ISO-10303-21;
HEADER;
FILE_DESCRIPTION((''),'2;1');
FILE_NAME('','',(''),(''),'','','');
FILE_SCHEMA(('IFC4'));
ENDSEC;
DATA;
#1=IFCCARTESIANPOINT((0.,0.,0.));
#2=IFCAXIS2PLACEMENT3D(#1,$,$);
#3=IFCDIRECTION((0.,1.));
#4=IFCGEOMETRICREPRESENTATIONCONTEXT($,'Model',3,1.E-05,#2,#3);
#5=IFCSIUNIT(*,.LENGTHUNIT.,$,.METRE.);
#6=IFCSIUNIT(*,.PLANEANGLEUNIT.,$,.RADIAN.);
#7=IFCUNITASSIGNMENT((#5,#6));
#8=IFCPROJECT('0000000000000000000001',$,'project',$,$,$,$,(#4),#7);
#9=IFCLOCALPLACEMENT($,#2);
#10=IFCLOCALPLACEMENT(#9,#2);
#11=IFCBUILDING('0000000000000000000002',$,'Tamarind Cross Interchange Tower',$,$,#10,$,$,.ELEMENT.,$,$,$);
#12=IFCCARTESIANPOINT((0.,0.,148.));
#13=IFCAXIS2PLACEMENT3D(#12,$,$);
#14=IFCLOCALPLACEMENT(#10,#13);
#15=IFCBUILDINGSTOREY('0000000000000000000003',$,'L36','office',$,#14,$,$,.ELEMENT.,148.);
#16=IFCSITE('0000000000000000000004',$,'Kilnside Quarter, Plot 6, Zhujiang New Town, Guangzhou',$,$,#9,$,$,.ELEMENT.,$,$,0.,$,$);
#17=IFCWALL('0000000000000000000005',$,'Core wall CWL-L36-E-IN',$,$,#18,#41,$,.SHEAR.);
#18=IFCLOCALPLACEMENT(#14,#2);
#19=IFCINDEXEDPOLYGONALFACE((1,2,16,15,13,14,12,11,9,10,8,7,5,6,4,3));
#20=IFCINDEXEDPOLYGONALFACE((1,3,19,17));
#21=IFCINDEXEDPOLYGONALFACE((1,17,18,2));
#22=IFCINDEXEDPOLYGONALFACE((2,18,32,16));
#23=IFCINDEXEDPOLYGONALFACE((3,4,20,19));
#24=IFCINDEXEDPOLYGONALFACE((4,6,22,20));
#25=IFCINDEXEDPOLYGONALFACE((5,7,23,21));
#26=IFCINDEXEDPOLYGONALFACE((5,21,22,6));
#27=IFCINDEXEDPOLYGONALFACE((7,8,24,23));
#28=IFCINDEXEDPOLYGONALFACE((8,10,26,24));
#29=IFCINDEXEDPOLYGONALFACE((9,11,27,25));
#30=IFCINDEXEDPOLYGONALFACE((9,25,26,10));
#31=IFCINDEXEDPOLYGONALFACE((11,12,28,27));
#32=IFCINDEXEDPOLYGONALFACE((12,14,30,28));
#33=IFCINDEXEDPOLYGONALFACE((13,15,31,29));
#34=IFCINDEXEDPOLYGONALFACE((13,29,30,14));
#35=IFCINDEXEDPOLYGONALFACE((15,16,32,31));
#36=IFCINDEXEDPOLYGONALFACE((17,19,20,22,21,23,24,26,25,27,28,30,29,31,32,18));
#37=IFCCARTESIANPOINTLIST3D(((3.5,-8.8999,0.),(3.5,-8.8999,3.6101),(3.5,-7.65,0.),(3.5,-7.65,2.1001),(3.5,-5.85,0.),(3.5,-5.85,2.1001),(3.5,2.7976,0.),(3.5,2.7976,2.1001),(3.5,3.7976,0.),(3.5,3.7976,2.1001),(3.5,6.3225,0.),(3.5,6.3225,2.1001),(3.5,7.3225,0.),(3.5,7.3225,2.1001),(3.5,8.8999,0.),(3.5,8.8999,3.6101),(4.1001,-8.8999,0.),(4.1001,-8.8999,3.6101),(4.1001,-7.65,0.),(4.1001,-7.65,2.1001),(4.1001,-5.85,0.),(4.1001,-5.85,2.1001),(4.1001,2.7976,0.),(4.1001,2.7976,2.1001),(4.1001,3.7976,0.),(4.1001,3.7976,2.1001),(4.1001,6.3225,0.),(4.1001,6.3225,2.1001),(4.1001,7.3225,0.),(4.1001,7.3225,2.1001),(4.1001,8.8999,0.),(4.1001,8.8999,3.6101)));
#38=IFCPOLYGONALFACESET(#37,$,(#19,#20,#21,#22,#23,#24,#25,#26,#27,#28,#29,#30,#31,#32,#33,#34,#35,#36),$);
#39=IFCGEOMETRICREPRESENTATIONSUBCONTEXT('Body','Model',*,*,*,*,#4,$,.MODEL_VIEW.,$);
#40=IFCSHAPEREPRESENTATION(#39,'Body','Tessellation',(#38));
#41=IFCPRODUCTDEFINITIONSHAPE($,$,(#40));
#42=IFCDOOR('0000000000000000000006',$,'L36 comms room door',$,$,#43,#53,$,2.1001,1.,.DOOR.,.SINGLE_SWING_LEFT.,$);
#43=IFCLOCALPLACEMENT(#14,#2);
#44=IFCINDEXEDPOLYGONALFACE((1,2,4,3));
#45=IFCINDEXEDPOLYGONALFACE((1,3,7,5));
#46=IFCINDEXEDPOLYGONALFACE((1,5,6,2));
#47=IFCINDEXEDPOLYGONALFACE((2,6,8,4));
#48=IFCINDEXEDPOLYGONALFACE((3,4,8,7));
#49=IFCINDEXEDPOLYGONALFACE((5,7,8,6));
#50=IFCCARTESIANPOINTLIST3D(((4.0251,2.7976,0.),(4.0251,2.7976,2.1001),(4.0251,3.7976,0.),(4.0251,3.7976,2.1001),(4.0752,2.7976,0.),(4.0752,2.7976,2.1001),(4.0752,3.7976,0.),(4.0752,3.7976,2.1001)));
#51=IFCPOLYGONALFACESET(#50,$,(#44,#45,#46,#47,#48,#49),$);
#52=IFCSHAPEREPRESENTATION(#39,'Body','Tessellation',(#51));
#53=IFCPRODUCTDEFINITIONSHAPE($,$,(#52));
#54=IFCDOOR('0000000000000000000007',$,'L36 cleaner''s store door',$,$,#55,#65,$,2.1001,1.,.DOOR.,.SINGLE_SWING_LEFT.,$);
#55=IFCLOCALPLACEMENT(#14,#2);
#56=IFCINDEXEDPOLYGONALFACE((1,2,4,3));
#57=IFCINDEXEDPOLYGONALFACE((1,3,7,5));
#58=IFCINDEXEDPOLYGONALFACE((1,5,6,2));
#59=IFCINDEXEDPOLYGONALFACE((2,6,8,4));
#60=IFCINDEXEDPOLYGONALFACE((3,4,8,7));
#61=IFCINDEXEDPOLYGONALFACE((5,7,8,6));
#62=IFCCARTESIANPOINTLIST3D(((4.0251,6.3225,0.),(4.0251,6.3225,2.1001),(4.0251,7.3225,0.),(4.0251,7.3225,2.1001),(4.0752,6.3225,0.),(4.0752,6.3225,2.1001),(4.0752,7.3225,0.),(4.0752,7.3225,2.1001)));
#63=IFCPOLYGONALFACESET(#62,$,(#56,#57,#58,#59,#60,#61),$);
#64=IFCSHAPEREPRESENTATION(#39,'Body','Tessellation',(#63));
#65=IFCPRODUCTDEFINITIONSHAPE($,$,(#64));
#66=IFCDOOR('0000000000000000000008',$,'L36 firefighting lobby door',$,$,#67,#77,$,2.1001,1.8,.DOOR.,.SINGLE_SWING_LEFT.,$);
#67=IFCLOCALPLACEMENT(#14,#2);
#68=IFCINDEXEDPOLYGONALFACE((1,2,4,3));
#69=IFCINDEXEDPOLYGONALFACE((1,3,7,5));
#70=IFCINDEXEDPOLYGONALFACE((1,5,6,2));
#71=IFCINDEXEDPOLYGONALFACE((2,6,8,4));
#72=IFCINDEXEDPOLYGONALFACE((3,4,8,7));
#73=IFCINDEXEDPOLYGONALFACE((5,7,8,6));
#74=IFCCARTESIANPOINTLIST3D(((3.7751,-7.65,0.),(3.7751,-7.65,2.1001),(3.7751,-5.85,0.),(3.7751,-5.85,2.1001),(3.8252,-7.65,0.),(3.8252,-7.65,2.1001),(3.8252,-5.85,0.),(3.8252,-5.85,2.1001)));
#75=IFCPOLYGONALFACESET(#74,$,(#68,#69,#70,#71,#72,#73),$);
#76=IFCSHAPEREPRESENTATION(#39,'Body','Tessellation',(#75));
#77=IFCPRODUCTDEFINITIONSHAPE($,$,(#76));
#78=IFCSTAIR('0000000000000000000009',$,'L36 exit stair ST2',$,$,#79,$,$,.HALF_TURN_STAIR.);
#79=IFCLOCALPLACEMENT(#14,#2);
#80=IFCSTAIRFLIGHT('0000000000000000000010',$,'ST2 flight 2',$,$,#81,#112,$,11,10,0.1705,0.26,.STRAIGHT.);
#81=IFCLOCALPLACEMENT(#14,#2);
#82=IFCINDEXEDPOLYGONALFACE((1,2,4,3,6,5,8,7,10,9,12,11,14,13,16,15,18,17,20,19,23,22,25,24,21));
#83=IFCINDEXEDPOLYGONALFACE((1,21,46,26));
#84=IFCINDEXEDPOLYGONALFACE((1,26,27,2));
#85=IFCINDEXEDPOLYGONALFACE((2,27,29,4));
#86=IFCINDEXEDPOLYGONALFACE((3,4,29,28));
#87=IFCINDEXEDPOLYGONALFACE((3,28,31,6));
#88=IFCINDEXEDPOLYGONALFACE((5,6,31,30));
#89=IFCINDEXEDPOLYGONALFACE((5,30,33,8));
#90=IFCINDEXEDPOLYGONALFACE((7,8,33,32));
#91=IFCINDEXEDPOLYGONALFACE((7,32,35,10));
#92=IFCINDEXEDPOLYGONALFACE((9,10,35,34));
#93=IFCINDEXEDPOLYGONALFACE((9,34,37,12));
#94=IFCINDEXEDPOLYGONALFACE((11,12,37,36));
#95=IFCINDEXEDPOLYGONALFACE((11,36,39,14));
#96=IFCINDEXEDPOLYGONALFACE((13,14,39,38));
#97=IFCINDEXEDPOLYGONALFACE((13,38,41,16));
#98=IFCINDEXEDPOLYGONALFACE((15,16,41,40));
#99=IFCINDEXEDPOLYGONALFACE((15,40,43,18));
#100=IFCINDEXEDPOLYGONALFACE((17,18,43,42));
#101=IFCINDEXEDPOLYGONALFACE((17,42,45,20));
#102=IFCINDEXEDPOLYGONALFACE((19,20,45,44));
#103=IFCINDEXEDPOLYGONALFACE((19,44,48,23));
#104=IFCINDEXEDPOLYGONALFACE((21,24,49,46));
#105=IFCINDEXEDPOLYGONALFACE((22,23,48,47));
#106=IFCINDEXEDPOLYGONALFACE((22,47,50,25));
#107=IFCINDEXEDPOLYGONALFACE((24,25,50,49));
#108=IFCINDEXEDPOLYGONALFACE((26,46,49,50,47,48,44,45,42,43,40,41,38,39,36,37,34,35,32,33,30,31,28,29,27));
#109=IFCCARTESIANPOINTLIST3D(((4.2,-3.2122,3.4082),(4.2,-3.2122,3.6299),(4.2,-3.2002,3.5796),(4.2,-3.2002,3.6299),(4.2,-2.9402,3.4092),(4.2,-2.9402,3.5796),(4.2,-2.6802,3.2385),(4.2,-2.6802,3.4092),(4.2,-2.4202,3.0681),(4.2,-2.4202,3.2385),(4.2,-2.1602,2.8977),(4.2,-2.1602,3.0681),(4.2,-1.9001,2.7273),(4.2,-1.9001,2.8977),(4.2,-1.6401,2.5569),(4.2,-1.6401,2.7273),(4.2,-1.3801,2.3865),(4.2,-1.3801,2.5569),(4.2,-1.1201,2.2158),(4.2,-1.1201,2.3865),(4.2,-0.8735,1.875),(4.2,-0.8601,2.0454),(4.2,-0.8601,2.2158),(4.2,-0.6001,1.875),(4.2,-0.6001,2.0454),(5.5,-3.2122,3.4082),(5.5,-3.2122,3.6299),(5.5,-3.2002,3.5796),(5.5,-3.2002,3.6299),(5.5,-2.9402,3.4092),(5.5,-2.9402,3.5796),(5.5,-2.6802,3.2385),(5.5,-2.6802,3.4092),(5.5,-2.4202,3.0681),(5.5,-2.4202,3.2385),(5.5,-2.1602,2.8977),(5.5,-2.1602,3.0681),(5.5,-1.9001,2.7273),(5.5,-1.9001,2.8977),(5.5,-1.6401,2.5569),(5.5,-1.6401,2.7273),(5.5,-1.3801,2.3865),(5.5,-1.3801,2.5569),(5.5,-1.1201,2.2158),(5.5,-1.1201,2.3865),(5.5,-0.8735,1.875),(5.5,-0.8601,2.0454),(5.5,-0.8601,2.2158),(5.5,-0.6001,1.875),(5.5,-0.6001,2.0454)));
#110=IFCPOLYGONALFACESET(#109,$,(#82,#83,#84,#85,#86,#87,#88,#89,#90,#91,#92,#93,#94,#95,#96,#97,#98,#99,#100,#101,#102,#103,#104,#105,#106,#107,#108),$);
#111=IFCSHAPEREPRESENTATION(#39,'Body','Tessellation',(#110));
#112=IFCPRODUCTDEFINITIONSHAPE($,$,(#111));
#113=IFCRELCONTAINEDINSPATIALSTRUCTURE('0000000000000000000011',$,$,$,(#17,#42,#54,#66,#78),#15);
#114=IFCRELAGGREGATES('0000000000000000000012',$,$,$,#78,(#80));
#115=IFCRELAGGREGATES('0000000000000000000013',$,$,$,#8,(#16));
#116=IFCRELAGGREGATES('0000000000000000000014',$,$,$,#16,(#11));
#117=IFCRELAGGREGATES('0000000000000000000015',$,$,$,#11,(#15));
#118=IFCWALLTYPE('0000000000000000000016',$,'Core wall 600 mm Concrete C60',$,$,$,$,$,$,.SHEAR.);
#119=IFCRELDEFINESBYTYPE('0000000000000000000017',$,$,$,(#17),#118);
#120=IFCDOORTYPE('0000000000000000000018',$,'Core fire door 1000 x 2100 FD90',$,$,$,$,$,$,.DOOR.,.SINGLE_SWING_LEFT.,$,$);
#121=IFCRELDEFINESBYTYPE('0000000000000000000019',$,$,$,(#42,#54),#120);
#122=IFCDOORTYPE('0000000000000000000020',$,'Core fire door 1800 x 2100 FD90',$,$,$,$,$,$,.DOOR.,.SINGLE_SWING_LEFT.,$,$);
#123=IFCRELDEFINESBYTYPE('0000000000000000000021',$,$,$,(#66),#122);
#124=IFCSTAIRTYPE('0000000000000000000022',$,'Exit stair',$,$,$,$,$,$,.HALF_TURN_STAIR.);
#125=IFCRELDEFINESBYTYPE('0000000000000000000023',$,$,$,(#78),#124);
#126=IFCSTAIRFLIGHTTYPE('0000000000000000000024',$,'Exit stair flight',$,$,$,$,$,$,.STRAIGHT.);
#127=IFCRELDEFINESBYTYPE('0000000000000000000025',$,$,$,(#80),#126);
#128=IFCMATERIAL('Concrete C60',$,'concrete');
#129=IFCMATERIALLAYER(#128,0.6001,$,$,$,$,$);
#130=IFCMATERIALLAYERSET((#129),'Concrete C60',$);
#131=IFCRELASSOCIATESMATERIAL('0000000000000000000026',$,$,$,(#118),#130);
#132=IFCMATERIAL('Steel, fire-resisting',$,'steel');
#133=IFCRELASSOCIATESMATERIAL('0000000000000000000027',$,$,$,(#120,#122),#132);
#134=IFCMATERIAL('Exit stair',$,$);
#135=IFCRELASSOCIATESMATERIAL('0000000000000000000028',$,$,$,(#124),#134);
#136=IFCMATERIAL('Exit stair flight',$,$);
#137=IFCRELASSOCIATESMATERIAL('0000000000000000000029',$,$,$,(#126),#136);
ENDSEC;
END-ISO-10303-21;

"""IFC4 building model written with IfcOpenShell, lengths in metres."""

from ifc_helpers import new_model, si_unit, direction, frame, frame_2d, origin, place, context, subcontext, project, spatial, polyline, rectangle, outline, extrude, material, layer, layer_set, type_object, element, fill, aggregate, save


model = new_model("IFC4")

# Units and contexts
model_context = context("Model", 3, precision=1e-05, world=origin(), true_north=direction((0.0, 1.0)))
body_context = subcontext(model_context, "Body", "Model", "MODEL_VIEW")
ifc_project = project(units=[si_unit("LENGTHUNIT", "METRE"), si_unit("PLANEANGLEUNIT", "RADIAN")], contexts=[model_context])

# Site, building, storey
site_placement = place(None, origin())
site = spatial("IfcSite", under=ifc_project, at=site_placement, Name="Kilnside Quarter, Plot 6, Zhujiang New Town, Guangzhou", CompositionType="ELEMENT", RefElevation=0.0)
building_placement = place(site_placement, origin())
building = spatial("IfcBuilding", under=site, at=building_placement, Name="Tamarind Cross Interchange Tower", CompositionType="ELEMENT")
storey_placement = place(building_placement, frame((0.0, 0.0, 148.0)))
storey = spatial("IfcBuildingStorey", under=building, at=storey_placement, Name="L36", Description="office", CompositionType="ELEMENT", Elevation=148.0)

# Wall, openings, doors
ifc_material_1 = material(Name="Concrete C60", Category="concrete")
ifc_layer_1 = layer(ifc_material_1, 0.6001)
ifc_layer_set_1 = layer_set([ifc_layer_1], Name="Concrete C60")
wall_type = type_object("IfcWallType", Name="Core wall 600 mm Concrete C60", PredefinedType="SHEAR", material=ifc_layer_set_1)
wall_placement = place(storey_placement, frame((3.8, -8.8999, 0.0), z_axis=(0.0, 0.0, 1.0), x_axis=(0.0, 1.0, 0.0)))
wall = element("IfcWall", 1, at=wall_placement, inside=storey, type_object=wall_type, Name="Core wall CWL-L36-E-IN", PredefinedType="SHEAR", context=body_context, shape_type="SweptSolid", body=[
    extrude(rectangle(XDim=17.7998, YDim=0.6001, at=frame_2d((8.8999, 0.0))), origin(), (0.0, 0.0, 1.0), 3.6101),
])
opening_1_placement = place(wall_placement, frame((1.25, 0.0, 0.0)))
opening_1 = element("IfcOpeningElement", 2, at=opening_1_placement, cuts=wall, PredefinedType="OPENING", context=body_context, shape_type="SweptSolid", body=[
    extrude(rectangle(XDim=1.8, YDim=2.1001, at=frame_2d((0.8999, 1.05))), frame((0.0, 0.3101, 0.0), z_axis=(0.0, -1.0, 0.0), x_axis=(1.0, 0.0, 0.0)), (0.0, 0.0, 1.0), 0.6201),
])
opening_2_placement = place(wall_placement, frame((11.6975, 0.0, 0.0)))
opening_2 = element("IfcOpeningElement", 3, at=opening_2_placement, cuts=wall, PredefinedType="OPENING", context=body_context, shape_type="SweptSolid", body=[
    extrude(rectangle(XDim=1.0, YDim=2.1001, at=frame_2d((0.5, 1.05))), frame((0.0, 0.3101, 0.0), z_axis=(0.0, -1.0, 0.0), x_axis=(1.0, 0.0, 0.0)), (0.0, 0.0, 1.0), 0.6201),
])
opening_3_placement = place(wall_placement, frame((15.2224, 0.0, 0.0)))
opening_3 = element("IfcOpeningElement", 4, at=opening_3_placement, cuts=wall, PredefinedType="OPENING", context=body_context, shape_type="SweptSolid", body=[
    extrude(rectangle(XDim=1.0, YDim=2.1001, at=frame_2d((0.5, 1.05))), frame((0.0, 0.3101, 0.0), z_axis=(0.0, -1.0, 0.0), x_axis=(1.0, 0.0, 0.0)), (0.0, 0.0, 1.0), 0.6201),
])
ifc_material_2 = material(Name="Steel, fire-resisting", Category="steel")
door_type_1 = type_object("IfcDoorType", Name="Core fire door 1000 x 2100 FD90", OperationType="SINGLE_SWING_LEFT", PredefinedType="DOOR", material=ifc_material_2)
door_1_placement = place(opening_2_placement, origin())
door_1 = element("IfcDoor", 5, at=door_1_placement, inside=storey, type_object=door_type_1, Name="L36 comms room door", OperationType="SINGLE_SWING_LEFT", OverallHeight=2.1001, OverallWidth=1.0, PredefinedType="DOOR", context=body_context, shape_type="SweptSolid", body=[
    extrude(rectangle(XDim=1.0, YDim=2.1001, at=frame_2d((0.5, 1.05))), frame((0.0, -0.2251, 0.0), z_axis=(0.0, -1.0, 0.0), x_axis=(1.0, 0.0, 0.0)), (0.0, 0.0, 1.0), 0.05),
])
fill(opening_2, door_1)
door_2_placement = place(opening_3_placement, origin())
door_2 = element("IfcDoor", 6, at=door_2_placement, inside=storey, type_object=door_type_1, Name="L36 cleaner's store door", OperationType="SINGLE_SWING_LEFT", OverallHeight=2.1001, OverallWidth=1.0, PredefinedType="DOOR", context=body_context, shape_type="SweptSolid", body=[
    extrude(rectangle(XDim=1.0, YDim=2.1001, at=frame_2d((0.5, 1.05))), frame((0.0, -0.2251, 0.0), z_axis=(0.0, -1.0, 0.0), x_axis=(1.0, 0.0, 0.0)), (0.0, 0.0, 1.0), 0.05),
])
fill(opening_3, door_2)
door_type_2 = type_object("IfcDoorType", Name="Core fire door 1800 x 2100 FD90", OperationType="SINGLE_SWING_LEFT", PredefinedType="DOOR", material=ifc_material_2)
door_3_placement = place(opening_1_placement, origin())
door_3 = element("IfcDoor", 7, at=door_3_placement, inside=storey, type_object=door_type_2, Name="L36 firefighting lobby door", OperationType="SINGLE_SWING_LEFT", OverallHeight=2.1001, OverallWidth=1.8, PredefinedType="DOOR", context=body_context, shape_type="SweptSolid", body=[
    extrude(rectangle(XDim=1.8, YDim=2.1001, at=frame_2d((0.8999, 1.05))), frame((0.0, 0.0249, 0.0), z_axis=(0.0, -1.0, 0.0), x_axis=(1.0, 0.0, 0.0)), (0.0, 0.0, 1.0), 0.05),
])
fill(opening_1, door_3)

# Stair, stair flight
ifc_material_3 = material(Name="Exit stair")
stair_type = type_object("IfcStairType", Name="Exit stair", PredefinedType="HALF_TURN_STAIR", material=ifc_material_3)
stair_placement = place(storey_placement, origin())
stair = element("IfcStair", 8, at=stair_placement, inside=storey, type_object=stair_type, Name="L36 exit stair ST2", PredefinedType="HALF_TURN_STAIR")
ifc_material_4 = material(Name="Exit stair flight")
stair_flight_type = type_object("IfcStairFlightType", Name="Exit stair flight", PredefinedType="STRAIGHT", material=ifc_material_4)
stair_flight_placement = place(storey_placement, frame((4.8501, -0.6001, 1.875), z_axis=(0.0, 0.0, 1.0), x_axis=(0.0, -1.0, 0.0)))
stair_flight = element("IfcStairFlight", 9, at=stair_flight_placement, type_object=stair_flight_type, Name="ST2 flight 2", NumberOfRisers=11, NumberOfTreads=10, PredefinedType="STRAIGHT", RiserHeight=0.1705, TreadLength=0.26, context=body_context, shape_type="SweptSolid", body=[
    extrude(outline(polyline([(0.0, 0.0), (0.0, 0.1704), (0.26, 0.1704), (0.26, 0.3408), (0.52, 0.3408), (0.52, 0.5115), (0.78, 0.5115), (0.78, 0.6819), (1.04, 0.6819), (1.04, 0.8523), (1.3, 0.8523), (1.3, 1.0227), (1.5601, 1.0227), (1.5601, 1.1931), (1.8201, 1.1931), (1.8201, 1.3635), (2.0801, 1.3635), (2.0801, 1.5342), (2.3401, 1.5342), (2.3401, 1.7046), (2.6001, 1.7046), (2.6001, 1.7549), (2.6121, 1.7549), (2.6121, 1.5332), (0.2734, 0.0), (0.0, 0.0)])), frame((0.0, 0.6499, 0.0), z_axis=(0.0, -1.0, 0.0), x_axis=(1.0, 0.0, 0.0)), (0.0, 0.0, 1.0), 1.3),
])
aggregate(stair, [stair_flight])

save(model, "model.ifc")
